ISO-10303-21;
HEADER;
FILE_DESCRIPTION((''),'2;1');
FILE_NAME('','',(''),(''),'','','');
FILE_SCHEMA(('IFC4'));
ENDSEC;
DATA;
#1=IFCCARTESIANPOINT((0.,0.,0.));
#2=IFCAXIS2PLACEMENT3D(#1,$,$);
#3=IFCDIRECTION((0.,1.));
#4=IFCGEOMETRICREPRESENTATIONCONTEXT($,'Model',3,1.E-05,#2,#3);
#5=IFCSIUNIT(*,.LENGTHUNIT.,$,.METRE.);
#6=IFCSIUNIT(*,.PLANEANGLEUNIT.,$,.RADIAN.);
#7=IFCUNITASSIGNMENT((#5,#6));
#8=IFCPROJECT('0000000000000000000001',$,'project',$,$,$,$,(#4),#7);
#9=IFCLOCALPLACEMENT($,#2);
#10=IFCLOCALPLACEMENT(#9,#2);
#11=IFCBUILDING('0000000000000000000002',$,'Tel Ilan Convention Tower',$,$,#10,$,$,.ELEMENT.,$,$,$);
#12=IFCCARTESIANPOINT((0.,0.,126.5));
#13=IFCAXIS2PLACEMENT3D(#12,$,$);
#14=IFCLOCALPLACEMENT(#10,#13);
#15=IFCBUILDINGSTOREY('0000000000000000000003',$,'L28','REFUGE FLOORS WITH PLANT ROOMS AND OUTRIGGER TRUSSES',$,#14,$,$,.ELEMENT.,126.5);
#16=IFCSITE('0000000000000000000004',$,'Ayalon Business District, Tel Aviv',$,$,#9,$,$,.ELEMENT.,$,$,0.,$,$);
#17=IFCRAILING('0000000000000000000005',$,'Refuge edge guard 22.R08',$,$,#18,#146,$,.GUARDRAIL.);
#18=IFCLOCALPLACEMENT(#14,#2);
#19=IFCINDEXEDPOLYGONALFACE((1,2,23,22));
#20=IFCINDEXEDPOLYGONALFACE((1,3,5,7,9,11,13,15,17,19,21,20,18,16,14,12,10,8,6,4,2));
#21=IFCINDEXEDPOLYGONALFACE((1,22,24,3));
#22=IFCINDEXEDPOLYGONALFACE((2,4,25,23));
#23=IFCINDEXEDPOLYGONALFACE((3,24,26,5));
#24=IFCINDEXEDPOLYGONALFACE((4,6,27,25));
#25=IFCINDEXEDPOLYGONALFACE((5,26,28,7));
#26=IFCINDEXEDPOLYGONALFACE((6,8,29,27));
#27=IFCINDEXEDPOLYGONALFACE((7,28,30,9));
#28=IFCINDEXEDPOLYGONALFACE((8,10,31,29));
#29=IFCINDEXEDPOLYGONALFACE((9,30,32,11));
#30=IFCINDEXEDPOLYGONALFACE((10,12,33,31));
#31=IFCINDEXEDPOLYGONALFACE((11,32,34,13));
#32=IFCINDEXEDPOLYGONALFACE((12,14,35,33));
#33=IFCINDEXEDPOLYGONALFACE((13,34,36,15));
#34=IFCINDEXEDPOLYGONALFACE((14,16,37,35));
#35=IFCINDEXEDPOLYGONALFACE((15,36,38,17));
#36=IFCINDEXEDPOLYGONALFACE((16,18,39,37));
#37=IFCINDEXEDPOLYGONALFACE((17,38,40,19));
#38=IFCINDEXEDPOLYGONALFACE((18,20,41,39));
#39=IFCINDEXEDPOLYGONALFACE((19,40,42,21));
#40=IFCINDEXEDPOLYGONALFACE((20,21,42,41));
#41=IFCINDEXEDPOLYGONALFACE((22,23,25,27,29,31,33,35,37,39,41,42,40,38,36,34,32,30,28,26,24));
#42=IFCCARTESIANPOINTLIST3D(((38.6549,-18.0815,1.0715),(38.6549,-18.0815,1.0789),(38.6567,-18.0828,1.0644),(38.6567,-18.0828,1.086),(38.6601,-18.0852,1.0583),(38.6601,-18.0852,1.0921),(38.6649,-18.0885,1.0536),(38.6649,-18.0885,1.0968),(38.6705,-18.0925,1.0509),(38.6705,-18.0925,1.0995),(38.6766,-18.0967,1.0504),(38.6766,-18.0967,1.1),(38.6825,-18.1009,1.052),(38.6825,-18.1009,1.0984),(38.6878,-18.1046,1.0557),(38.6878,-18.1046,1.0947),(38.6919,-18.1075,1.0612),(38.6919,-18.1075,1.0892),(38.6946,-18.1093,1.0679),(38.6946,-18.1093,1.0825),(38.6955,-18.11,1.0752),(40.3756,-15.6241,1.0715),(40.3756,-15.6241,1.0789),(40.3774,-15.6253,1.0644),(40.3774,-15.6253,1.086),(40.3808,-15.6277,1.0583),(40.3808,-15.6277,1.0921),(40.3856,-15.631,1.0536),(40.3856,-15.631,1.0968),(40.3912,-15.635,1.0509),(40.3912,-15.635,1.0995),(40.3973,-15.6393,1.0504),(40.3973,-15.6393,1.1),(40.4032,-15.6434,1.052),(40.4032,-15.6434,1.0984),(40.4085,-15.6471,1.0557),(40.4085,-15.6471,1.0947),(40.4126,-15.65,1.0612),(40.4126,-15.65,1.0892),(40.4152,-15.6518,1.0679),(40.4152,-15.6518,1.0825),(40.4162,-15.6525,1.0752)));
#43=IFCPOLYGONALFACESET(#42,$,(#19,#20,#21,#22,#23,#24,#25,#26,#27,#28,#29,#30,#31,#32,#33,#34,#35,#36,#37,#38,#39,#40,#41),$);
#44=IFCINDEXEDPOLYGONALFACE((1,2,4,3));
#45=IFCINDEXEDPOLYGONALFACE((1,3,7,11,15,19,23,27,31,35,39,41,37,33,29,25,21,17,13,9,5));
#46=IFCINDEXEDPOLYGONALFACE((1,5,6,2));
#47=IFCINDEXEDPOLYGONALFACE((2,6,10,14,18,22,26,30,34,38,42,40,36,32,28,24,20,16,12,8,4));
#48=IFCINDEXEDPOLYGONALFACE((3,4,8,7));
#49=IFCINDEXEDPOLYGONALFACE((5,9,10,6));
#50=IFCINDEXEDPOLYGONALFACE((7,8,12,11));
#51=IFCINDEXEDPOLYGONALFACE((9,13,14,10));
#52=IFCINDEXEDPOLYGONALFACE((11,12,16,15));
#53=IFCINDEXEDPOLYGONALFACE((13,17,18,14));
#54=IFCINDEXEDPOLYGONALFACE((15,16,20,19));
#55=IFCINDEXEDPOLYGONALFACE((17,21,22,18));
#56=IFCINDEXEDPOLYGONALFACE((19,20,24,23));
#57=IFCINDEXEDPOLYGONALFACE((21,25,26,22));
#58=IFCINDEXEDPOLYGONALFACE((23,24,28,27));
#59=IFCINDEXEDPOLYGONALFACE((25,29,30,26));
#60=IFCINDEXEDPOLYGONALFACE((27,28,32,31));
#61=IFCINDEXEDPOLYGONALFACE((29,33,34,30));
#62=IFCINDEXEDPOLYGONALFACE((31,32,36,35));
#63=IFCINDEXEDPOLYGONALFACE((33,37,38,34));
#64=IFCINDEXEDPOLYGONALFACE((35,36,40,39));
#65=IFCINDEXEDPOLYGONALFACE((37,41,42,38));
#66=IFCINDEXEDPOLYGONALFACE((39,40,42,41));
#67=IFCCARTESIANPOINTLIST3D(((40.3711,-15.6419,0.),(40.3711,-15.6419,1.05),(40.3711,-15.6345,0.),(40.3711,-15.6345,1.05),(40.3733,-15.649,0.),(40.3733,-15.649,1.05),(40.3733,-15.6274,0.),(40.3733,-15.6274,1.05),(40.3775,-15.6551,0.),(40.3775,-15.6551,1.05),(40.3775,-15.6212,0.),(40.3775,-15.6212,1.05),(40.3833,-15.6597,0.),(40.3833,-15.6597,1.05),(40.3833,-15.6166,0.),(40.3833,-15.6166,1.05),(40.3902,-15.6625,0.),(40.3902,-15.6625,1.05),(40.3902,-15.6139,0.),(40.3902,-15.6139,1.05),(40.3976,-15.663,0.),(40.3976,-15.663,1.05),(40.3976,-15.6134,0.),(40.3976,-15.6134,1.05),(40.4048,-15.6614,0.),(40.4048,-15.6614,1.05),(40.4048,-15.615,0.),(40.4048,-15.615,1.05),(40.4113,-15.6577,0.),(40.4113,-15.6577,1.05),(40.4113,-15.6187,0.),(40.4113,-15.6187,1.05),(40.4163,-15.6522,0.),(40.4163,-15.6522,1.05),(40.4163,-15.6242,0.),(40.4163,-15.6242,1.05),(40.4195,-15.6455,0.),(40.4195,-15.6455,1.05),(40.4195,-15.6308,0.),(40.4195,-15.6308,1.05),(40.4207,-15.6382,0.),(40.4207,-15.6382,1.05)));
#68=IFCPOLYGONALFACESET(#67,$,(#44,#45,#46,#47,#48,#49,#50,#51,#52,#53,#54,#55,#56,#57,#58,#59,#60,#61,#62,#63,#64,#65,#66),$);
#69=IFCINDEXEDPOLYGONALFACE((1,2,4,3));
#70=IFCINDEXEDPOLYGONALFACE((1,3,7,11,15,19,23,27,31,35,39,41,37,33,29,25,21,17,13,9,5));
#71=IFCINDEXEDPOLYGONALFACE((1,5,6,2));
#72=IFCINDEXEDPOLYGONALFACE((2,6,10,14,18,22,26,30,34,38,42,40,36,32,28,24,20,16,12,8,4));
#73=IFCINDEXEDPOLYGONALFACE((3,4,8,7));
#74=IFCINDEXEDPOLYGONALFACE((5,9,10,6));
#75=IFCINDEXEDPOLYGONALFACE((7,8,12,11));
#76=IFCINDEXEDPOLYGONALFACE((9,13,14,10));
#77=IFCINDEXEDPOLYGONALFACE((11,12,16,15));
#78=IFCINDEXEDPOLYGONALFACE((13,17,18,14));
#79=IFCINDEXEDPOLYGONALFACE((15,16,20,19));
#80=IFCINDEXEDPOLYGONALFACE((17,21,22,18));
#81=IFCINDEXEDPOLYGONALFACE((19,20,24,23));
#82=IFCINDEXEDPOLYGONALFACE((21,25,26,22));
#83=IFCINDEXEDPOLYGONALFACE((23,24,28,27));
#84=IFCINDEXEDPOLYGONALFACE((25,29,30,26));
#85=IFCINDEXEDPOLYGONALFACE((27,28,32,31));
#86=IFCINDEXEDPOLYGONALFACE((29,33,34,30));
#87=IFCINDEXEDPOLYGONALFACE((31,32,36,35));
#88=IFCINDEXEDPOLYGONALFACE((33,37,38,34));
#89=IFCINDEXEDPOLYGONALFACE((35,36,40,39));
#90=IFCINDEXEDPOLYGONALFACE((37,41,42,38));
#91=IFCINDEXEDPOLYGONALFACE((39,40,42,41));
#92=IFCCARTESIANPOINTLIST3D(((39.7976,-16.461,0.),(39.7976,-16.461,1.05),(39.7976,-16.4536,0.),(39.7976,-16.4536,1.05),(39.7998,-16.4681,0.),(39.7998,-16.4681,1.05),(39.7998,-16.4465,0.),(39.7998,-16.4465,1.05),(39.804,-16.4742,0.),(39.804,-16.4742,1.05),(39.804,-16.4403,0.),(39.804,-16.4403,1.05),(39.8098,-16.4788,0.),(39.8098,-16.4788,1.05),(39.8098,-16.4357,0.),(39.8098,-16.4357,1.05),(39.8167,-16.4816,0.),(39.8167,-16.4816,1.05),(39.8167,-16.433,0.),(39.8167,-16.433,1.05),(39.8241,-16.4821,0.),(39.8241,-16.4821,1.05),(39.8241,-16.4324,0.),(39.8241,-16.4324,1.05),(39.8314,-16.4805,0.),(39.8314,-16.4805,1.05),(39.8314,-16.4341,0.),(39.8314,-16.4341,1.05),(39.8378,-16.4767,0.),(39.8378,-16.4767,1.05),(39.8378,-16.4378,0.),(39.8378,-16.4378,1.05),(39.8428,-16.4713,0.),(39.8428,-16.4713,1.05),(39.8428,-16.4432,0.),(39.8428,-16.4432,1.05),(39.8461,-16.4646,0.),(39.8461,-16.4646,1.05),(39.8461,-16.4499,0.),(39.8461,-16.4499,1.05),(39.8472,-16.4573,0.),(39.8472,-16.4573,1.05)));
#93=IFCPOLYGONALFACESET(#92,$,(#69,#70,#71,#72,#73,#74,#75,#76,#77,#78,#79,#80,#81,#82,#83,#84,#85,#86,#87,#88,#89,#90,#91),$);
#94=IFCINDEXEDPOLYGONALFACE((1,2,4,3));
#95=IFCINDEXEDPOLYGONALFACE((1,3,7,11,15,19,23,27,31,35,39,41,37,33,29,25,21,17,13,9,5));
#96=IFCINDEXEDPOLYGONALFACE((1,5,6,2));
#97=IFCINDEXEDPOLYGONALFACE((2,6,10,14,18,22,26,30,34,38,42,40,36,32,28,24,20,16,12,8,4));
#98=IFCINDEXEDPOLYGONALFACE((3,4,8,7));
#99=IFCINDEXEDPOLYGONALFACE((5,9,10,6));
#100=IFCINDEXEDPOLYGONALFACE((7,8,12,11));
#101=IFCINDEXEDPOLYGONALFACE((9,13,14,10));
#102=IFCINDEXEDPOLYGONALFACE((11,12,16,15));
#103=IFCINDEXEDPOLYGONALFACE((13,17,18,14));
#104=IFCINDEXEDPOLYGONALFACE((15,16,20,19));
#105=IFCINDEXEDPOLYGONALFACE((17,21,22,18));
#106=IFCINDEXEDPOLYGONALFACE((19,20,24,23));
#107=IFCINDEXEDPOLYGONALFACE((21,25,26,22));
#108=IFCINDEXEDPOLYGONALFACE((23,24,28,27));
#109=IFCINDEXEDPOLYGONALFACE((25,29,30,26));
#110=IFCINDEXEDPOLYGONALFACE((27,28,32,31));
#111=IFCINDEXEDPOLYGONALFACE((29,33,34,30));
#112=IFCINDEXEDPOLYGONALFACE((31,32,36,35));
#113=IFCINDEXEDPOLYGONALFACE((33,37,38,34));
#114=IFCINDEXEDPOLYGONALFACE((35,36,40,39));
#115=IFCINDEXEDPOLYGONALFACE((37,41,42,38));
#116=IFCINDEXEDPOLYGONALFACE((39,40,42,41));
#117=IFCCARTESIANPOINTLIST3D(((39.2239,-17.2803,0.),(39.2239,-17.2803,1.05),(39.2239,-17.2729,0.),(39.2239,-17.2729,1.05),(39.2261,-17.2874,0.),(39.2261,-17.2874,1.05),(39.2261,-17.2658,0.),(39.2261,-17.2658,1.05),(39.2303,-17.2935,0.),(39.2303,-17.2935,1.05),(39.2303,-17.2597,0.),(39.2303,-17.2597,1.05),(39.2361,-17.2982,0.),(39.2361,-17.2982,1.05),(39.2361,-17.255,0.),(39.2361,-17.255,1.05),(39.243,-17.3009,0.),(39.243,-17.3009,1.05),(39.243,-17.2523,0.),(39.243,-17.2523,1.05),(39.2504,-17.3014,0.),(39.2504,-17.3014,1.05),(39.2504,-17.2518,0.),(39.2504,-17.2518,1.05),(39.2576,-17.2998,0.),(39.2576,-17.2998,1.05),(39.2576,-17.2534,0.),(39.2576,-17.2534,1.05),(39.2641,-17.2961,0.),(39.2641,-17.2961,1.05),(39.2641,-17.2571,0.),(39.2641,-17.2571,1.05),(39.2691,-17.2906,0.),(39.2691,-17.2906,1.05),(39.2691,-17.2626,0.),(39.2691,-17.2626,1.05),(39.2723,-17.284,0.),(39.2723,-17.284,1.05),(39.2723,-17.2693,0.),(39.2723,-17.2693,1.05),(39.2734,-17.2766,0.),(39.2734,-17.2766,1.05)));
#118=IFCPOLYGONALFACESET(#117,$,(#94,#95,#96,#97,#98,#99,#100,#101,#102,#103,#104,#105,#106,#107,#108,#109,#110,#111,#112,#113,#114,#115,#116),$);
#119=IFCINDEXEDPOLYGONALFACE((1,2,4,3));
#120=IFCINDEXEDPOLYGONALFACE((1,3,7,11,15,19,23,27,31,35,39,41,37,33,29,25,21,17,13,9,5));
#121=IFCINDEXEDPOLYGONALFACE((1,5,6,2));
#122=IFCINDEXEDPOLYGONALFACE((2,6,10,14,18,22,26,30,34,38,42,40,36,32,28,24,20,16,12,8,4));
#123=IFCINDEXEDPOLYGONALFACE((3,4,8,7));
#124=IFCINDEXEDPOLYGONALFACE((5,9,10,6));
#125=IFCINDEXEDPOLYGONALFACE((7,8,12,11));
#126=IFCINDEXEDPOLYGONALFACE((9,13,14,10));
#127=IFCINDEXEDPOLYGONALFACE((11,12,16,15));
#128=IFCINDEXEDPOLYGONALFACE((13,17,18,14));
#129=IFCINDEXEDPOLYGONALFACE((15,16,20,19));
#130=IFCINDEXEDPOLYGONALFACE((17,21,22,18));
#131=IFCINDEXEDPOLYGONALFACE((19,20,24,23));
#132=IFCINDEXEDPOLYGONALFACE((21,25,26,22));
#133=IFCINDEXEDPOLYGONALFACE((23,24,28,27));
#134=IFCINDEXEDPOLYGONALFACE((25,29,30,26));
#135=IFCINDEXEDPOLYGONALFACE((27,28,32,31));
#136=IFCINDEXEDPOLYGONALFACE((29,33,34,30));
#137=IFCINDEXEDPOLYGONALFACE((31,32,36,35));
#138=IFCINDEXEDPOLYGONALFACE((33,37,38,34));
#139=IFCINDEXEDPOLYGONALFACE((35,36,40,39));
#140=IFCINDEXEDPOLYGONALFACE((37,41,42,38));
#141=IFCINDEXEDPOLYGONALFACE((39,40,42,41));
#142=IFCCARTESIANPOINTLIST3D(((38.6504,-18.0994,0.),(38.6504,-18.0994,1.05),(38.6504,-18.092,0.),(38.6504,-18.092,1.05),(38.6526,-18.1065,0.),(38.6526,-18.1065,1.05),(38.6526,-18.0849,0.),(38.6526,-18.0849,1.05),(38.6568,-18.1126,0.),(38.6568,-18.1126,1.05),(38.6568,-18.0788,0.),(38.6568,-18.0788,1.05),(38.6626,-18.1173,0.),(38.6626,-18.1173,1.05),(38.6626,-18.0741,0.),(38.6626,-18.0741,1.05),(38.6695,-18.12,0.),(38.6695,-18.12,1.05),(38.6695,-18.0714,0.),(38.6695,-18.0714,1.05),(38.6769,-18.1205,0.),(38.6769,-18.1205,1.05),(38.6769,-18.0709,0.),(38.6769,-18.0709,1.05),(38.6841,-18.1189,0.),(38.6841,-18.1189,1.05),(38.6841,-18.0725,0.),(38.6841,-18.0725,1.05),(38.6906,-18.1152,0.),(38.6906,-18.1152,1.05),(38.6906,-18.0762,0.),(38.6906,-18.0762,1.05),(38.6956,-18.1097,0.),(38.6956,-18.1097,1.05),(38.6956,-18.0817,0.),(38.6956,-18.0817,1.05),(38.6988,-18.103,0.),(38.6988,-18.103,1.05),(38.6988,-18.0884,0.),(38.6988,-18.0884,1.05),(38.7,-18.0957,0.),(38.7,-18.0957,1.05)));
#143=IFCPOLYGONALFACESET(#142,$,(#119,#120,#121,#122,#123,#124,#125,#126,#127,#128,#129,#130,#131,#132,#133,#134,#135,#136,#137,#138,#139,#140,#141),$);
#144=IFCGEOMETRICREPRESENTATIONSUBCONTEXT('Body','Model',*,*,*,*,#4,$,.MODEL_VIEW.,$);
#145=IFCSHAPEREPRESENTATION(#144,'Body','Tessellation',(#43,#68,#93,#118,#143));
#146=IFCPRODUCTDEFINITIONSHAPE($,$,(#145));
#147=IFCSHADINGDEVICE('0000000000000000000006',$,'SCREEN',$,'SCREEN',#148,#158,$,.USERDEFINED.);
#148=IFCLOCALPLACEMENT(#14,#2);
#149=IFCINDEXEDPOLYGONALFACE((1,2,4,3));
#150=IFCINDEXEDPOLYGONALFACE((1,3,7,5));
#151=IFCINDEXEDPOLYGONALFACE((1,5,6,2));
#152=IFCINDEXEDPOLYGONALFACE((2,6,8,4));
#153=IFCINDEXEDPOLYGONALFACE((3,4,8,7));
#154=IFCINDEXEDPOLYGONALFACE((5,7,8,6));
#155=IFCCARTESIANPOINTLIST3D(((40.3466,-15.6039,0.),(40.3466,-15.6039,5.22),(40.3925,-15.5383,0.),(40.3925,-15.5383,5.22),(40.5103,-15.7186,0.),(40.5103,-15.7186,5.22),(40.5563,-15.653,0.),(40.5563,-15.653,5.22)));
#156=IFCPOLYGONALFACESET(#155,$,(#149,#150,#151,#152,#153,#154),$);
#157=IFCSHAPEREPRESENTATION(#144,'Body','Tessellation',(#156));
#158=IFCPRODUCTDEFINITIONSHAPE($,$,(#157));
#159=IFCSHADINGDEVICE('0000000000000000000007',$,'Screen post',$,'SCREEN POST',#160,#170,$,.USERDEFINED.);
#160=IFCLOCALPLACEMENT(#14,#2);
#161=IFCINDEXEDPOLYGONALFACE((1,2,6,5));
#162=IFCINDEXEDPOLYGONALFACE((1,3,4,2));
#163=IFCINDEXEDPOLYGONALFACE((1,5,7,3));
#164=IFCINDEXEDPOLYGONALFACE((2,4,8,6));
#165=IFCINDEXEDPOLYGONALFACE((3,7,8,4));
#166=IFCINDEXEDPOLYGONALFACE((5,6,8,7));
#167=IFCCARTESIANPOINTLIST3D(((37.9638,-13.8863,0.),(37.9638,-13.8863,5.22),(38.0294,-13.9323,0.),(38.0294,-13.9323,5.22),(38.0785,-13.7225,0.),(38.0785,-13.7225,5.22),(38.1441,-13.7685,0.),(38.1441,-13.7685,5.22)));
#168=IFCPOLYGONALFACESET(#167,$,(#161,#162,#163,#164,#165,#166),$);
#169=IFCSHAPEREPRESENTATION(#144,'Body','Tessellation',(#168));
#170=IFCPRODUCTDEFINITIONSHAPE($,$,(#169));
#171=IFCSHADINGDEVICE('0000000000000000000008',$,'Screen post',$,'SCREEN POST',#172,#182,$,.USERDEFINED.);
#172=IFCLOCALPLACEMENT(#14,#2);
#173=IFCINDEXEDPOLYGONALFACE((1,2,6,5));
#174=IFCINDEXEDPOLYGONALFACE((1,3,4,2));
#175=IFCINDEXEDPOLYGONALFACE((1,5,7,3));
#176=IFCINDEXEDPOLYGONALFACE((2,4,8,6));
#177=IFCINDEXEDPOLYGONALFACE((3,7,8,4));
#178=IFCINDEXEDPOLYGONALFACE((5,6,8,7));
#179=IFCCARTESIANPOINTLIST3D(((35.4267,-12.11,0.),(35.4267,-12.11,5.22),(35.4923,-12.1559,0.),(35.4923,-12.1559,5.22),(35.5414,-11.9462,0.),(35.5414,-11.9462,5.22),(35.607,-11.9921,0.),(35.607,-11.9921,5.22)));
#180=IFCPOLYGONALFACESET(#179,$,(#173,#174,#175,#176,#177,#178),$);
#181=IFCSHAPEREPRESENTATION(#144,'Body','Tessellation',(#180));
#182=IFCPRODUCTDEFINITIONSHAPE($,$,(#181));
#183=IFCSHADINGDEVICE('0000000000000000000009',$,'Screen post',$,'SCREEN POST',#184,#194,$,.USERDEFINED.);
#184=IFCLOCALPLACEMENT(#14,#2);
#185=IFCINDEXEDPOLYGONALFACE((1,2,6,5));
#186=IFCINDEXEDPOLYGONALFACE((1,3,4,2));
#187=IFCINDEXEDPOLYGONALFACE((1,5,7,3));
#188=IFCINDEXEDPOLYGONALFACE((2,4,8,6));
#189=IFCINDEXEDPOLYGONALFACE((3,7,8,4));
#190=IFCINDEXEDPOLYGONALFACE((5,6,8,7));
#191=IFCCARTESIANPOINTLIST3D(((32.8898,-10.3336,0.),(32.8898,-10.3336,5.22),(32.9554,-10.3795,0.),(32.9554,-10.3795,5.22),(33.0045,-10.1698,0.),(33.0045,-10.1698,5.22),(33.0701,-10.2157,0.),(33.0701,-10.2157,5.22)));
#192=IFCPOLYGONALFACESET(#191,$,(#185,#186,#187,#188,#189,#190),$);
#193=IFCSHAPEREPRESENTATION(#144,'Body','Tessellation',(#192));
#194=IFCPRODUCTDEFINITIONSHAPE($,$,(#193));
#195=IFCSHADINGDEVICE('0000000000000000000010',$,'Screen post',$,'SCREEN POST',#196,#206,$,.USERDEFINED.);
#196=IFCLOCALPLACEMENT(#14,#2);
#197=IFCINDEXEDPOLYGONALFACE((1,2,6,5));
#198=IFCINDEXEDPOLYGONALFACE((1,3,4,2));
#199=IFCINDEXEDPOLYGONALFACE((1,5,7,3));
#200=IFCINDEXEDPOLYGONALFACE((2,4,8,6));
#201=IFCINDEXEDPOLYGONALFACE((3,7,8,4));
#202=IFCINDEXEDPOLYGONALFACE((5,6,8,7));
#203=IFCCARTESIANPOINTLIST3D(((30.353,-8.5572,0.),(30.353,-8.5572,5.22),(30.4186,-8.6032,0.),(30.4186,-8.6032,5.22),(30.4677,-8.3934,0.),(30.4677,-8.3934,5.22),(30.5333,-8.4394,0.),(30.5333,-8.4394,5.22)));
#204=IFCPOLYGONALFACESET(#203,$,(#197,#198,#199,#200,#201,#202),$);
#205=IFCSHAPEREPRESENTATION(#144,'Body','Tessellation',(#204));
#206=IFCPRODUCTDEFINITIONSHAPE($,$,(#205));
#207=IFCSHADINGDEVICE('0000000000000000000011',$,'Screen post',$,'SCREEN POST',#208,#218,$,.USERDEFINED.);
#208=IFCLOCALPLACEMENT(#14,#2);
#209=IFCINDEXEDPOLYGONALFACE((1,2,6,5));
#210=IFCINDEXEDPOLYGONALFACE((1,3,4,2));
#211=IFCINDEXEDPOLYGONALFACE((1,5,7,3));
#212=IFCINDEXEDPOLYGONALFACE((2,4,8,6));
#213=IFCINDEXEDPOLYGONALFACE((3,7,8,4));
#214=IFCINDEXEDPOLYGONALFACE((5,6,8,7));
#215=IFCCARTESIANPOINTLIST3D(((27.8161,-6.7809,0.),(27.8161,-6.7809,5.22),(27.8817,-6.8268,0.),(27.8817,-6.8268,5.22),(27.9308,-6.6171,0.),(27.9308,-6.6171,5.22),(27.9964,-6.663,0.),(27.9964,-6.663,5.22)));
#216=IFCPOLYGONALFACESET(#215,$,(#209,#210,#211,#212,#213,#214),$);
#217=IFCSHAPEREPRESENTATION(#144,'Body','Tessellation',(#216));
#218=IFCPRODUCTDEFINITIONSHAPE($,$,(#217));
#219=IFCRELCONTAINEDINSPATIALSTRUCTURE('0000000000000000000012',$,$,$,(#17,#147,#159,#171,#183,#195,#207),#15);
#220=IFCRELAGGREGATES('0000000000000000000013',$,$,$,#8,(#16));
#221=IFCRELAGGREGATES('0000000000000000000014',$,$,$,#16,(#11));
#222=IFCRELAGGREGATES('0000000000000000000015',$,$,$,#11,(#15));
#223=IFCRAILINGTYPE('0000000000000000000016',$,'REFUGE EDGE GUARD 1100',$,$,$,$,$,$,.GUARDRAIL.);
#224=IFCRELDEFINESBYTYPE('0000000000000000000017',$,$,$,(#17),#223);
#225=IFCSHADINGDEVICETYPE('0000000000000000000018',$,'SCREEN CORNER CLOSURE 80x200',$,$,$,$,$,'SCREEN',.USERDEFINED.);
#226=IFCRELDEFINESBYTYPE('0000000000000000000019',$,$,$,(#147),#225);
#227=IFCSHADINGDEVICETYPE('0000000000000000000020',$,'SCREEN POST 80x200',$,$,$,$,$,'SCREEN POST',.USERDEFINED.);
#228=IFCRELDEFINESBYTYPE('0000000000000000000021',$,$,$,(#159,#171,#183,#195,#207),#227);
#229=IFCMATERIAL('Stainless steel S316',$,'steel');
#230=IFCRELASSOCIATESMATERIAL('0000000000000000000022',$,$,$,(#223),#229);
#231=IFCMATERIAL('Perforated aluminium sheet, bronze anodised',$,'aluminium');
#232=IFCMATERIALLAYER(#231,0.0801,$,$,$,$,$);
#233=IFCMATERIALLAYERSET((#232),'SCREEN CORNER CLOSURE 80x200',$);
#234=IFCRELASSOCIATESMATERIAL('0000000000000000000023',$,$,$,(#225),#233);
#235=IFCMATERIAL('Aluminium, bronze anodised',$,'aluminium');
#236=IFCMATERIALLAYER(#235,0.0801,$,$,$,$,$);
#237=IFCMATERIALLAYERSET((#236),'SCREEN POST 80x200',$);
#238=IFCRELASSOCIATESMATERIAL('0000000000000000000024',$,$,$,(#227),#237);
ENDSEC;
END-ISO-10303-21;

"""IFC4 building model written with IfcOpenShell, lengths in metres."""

from ifc_helpers import new_model, si_unit, direction, frame, origin, origin_2d, place, context, subcontext, project, spatial, rectangle, circle, extrude, material, layer, layer_set, type_object, element, save


model = new_model("IFC4")

# Units and contexts
model_context = context("Model", 3, precision=1e-05, world=origin(), true_north=direction((0.0, 1.0)))
body_context = subcontext(model_context, "Body", "Model", "MODEL_VIEW")
ifc_project = project(units=[si_unit("LENGTHUNIT", "METRE"), si_unit("PLANEANGLEUNIT", "RADIAN")], contexts=[model_context])

# Site, building, storey
site_placement = place(None, origin())
site = spatial("IfcSite", under=ifc_project, at=site_placement, Name="Ayalon Business District, Tel Aviv", CompositionType="ELEMENT", RefElevation=0.0)
building_placement = place(site_placement, origin())
building = spatial("IfcBuilding", under=site, at=building_placement, Name="Tel Ilan Convention Tower", CompositionType="ELEMENT")
storey_placement = place(building_placement, frame((0.0, 0.0, 126.5)))
storey = spatial("IfcBuildingStorey", under=building, at=storey_placement, Name="L28", Description="REFUGE FLOORS WITH PLANT ROOMS AND OUTRIGGER TRUSSES", CompositionType="ELEMENT", Elevation=126.5)

# Railing
ifc_material_1 = material(Name="Stainless steel S316", Category="steel")
railing_type_1 = type_object("IfcRailingType", Name="REFUGE EDGE GUARD 1100", PredefinedType="GUARDRAIL", material=ifc_material_1)
railing_1_placement = place(storey_placement, frame((40.3958, -15.6382, 0.0)))
element("IfcRailing", 1, at=railing_1_placement, inside=storey, type_object=railing_type_1, Name="Refuge edge guard 22.R08", PredefinedType="GUARDRAIL", context=body_context, shape_type="SweptSolid", body=[
    extrude(circle(Radius=0.0249, at=origin_2d()), frame((0.0, 0.0, 1.0752), z_axis=(-0.573561, -0.819163, 0.0), x_axis=(0.819163, -0.573561, 0.0)), (0.0, 0.0, 1.0), 3.0),
    extrude(circle(Radius=0.0249, at=origin_2d()), origin(), (0.0, 0.0, 1.0), 1.05),
    extrude(circle(Radius=0.0249, at=origin_2d()), frame((-0.5735, -0.8191, 0.0)), (0.0, 0.0, 1.0), 1.05),
    extrude(circle(Radius=0.0249, at=origin_2d()), frame((-1.1472, -1.6384, 0.0)), (0.0, 0.0, 1.0), 1.05),
    extrude(circle(Radius=0.0249, at=origin_2d()), frame((-1.7207, -2.4575, 0.0)), (0.0, 0.0, 1.0), 1.05),
])

# Shading devices
ifc_material_2 = material(Name="Perforated aluminium sheet, bronze anodised", Category="aluminium")
ifc_layer_1 = layer(ifc_material_2, 0.0801)
ifc_layer_set_1 = layer_set([ifc_layer_1], Name="SCREEN CORNER CLOSURE 80x200")
shading_device_type_1 = type_object("IfcShadingDeviceType", Name="SCREEN CORNER CLOSURE 80x200", ElementType="SCREEN", PredefinedType="USERDEFINED", material=ifc_layer_set_1)
shading_device_placement = place(storey_placement, frame((40.4514, -15.6284, 0.0), z_axis=(0.0, 0.0, 1.0), x_axis=(0.573576, 0.819152, 0.0)))
element("IfcShadingDevice", 2, at=shading_device_placement, inside=storey, type_object=shading_device_type_1, Name="SCREEN", ObjectType="SCREEN", PredefinedType="USERDEFINED", context=body_context, shape_type="SweptSolid", body=[
    extrude(rectangle(XDim=0.0801, YDim=0.2, at=origin_2d()), origin(), (0.0, 0.0, 1.0), 5.22),
])
ifc_material_3 = material(Name="Aluminium, bronze anodised", Category="aluminium")
ifc_layer_2 = layer(ifc_material_3, 0.0801)
ifc_layer_set_2 = layer_set([ifc_layer_2], Name="SCREEN POST 80x200")
shading_device_type_2 = type_object("IfcShadingDeviceType", Name="SCREEN POST 80x200", ElementType="SCREEN POST", PredefinedType="USERDEFINED", material=ifc_layer_set_2)
for number, where, z_axis, x_axis, name in (
    (3, (38.054, -13.8274, 0.0), (0.0, 0.0, 1.0), (-0.819152, 0.573576, 0.0), "Screen post"),
    (4, (35.5168, -12.051, 0.0), (0.0, 0.0, 1.0), (-0.819152, 0.573576, 0.0), "Screen post"),
    (5, (32.98, -10.2747, 0.0), (0.0, 0.0, 1.0), (-0.819152, 0.573576, 0.0), "Screen post"),
    (6, (30.4431, -8.4983, 0.0), (0.0, 0.0, 1.0), (-0.819152, 0.573576, 0.0), "Screen post"),
    (7, (27.9062, -6.7219, 0.0), (0.0, 0.0, 1.0), (-0.819152, 0.573576, 0.0), "Screen post"),
):
    element("IfcShadingDevice", number, at=place(storey_placement, frame(where, z_axis=z_axis, x_axis=x_axis)), inside=storey, type_object=shading_device_type_2, Name=name, ObjectType="SCREEN POST", PredefinedType="USERDEFINED", context=body_context, shape_type="SweptSolid", body=[
        extrude(rectangle(XDim=0.0801, YDim=0.2, at=origin_2d()), origin(), (0.0, 0.0, 1.0), 5.22),
    ])

save(model, "model.ifc")
